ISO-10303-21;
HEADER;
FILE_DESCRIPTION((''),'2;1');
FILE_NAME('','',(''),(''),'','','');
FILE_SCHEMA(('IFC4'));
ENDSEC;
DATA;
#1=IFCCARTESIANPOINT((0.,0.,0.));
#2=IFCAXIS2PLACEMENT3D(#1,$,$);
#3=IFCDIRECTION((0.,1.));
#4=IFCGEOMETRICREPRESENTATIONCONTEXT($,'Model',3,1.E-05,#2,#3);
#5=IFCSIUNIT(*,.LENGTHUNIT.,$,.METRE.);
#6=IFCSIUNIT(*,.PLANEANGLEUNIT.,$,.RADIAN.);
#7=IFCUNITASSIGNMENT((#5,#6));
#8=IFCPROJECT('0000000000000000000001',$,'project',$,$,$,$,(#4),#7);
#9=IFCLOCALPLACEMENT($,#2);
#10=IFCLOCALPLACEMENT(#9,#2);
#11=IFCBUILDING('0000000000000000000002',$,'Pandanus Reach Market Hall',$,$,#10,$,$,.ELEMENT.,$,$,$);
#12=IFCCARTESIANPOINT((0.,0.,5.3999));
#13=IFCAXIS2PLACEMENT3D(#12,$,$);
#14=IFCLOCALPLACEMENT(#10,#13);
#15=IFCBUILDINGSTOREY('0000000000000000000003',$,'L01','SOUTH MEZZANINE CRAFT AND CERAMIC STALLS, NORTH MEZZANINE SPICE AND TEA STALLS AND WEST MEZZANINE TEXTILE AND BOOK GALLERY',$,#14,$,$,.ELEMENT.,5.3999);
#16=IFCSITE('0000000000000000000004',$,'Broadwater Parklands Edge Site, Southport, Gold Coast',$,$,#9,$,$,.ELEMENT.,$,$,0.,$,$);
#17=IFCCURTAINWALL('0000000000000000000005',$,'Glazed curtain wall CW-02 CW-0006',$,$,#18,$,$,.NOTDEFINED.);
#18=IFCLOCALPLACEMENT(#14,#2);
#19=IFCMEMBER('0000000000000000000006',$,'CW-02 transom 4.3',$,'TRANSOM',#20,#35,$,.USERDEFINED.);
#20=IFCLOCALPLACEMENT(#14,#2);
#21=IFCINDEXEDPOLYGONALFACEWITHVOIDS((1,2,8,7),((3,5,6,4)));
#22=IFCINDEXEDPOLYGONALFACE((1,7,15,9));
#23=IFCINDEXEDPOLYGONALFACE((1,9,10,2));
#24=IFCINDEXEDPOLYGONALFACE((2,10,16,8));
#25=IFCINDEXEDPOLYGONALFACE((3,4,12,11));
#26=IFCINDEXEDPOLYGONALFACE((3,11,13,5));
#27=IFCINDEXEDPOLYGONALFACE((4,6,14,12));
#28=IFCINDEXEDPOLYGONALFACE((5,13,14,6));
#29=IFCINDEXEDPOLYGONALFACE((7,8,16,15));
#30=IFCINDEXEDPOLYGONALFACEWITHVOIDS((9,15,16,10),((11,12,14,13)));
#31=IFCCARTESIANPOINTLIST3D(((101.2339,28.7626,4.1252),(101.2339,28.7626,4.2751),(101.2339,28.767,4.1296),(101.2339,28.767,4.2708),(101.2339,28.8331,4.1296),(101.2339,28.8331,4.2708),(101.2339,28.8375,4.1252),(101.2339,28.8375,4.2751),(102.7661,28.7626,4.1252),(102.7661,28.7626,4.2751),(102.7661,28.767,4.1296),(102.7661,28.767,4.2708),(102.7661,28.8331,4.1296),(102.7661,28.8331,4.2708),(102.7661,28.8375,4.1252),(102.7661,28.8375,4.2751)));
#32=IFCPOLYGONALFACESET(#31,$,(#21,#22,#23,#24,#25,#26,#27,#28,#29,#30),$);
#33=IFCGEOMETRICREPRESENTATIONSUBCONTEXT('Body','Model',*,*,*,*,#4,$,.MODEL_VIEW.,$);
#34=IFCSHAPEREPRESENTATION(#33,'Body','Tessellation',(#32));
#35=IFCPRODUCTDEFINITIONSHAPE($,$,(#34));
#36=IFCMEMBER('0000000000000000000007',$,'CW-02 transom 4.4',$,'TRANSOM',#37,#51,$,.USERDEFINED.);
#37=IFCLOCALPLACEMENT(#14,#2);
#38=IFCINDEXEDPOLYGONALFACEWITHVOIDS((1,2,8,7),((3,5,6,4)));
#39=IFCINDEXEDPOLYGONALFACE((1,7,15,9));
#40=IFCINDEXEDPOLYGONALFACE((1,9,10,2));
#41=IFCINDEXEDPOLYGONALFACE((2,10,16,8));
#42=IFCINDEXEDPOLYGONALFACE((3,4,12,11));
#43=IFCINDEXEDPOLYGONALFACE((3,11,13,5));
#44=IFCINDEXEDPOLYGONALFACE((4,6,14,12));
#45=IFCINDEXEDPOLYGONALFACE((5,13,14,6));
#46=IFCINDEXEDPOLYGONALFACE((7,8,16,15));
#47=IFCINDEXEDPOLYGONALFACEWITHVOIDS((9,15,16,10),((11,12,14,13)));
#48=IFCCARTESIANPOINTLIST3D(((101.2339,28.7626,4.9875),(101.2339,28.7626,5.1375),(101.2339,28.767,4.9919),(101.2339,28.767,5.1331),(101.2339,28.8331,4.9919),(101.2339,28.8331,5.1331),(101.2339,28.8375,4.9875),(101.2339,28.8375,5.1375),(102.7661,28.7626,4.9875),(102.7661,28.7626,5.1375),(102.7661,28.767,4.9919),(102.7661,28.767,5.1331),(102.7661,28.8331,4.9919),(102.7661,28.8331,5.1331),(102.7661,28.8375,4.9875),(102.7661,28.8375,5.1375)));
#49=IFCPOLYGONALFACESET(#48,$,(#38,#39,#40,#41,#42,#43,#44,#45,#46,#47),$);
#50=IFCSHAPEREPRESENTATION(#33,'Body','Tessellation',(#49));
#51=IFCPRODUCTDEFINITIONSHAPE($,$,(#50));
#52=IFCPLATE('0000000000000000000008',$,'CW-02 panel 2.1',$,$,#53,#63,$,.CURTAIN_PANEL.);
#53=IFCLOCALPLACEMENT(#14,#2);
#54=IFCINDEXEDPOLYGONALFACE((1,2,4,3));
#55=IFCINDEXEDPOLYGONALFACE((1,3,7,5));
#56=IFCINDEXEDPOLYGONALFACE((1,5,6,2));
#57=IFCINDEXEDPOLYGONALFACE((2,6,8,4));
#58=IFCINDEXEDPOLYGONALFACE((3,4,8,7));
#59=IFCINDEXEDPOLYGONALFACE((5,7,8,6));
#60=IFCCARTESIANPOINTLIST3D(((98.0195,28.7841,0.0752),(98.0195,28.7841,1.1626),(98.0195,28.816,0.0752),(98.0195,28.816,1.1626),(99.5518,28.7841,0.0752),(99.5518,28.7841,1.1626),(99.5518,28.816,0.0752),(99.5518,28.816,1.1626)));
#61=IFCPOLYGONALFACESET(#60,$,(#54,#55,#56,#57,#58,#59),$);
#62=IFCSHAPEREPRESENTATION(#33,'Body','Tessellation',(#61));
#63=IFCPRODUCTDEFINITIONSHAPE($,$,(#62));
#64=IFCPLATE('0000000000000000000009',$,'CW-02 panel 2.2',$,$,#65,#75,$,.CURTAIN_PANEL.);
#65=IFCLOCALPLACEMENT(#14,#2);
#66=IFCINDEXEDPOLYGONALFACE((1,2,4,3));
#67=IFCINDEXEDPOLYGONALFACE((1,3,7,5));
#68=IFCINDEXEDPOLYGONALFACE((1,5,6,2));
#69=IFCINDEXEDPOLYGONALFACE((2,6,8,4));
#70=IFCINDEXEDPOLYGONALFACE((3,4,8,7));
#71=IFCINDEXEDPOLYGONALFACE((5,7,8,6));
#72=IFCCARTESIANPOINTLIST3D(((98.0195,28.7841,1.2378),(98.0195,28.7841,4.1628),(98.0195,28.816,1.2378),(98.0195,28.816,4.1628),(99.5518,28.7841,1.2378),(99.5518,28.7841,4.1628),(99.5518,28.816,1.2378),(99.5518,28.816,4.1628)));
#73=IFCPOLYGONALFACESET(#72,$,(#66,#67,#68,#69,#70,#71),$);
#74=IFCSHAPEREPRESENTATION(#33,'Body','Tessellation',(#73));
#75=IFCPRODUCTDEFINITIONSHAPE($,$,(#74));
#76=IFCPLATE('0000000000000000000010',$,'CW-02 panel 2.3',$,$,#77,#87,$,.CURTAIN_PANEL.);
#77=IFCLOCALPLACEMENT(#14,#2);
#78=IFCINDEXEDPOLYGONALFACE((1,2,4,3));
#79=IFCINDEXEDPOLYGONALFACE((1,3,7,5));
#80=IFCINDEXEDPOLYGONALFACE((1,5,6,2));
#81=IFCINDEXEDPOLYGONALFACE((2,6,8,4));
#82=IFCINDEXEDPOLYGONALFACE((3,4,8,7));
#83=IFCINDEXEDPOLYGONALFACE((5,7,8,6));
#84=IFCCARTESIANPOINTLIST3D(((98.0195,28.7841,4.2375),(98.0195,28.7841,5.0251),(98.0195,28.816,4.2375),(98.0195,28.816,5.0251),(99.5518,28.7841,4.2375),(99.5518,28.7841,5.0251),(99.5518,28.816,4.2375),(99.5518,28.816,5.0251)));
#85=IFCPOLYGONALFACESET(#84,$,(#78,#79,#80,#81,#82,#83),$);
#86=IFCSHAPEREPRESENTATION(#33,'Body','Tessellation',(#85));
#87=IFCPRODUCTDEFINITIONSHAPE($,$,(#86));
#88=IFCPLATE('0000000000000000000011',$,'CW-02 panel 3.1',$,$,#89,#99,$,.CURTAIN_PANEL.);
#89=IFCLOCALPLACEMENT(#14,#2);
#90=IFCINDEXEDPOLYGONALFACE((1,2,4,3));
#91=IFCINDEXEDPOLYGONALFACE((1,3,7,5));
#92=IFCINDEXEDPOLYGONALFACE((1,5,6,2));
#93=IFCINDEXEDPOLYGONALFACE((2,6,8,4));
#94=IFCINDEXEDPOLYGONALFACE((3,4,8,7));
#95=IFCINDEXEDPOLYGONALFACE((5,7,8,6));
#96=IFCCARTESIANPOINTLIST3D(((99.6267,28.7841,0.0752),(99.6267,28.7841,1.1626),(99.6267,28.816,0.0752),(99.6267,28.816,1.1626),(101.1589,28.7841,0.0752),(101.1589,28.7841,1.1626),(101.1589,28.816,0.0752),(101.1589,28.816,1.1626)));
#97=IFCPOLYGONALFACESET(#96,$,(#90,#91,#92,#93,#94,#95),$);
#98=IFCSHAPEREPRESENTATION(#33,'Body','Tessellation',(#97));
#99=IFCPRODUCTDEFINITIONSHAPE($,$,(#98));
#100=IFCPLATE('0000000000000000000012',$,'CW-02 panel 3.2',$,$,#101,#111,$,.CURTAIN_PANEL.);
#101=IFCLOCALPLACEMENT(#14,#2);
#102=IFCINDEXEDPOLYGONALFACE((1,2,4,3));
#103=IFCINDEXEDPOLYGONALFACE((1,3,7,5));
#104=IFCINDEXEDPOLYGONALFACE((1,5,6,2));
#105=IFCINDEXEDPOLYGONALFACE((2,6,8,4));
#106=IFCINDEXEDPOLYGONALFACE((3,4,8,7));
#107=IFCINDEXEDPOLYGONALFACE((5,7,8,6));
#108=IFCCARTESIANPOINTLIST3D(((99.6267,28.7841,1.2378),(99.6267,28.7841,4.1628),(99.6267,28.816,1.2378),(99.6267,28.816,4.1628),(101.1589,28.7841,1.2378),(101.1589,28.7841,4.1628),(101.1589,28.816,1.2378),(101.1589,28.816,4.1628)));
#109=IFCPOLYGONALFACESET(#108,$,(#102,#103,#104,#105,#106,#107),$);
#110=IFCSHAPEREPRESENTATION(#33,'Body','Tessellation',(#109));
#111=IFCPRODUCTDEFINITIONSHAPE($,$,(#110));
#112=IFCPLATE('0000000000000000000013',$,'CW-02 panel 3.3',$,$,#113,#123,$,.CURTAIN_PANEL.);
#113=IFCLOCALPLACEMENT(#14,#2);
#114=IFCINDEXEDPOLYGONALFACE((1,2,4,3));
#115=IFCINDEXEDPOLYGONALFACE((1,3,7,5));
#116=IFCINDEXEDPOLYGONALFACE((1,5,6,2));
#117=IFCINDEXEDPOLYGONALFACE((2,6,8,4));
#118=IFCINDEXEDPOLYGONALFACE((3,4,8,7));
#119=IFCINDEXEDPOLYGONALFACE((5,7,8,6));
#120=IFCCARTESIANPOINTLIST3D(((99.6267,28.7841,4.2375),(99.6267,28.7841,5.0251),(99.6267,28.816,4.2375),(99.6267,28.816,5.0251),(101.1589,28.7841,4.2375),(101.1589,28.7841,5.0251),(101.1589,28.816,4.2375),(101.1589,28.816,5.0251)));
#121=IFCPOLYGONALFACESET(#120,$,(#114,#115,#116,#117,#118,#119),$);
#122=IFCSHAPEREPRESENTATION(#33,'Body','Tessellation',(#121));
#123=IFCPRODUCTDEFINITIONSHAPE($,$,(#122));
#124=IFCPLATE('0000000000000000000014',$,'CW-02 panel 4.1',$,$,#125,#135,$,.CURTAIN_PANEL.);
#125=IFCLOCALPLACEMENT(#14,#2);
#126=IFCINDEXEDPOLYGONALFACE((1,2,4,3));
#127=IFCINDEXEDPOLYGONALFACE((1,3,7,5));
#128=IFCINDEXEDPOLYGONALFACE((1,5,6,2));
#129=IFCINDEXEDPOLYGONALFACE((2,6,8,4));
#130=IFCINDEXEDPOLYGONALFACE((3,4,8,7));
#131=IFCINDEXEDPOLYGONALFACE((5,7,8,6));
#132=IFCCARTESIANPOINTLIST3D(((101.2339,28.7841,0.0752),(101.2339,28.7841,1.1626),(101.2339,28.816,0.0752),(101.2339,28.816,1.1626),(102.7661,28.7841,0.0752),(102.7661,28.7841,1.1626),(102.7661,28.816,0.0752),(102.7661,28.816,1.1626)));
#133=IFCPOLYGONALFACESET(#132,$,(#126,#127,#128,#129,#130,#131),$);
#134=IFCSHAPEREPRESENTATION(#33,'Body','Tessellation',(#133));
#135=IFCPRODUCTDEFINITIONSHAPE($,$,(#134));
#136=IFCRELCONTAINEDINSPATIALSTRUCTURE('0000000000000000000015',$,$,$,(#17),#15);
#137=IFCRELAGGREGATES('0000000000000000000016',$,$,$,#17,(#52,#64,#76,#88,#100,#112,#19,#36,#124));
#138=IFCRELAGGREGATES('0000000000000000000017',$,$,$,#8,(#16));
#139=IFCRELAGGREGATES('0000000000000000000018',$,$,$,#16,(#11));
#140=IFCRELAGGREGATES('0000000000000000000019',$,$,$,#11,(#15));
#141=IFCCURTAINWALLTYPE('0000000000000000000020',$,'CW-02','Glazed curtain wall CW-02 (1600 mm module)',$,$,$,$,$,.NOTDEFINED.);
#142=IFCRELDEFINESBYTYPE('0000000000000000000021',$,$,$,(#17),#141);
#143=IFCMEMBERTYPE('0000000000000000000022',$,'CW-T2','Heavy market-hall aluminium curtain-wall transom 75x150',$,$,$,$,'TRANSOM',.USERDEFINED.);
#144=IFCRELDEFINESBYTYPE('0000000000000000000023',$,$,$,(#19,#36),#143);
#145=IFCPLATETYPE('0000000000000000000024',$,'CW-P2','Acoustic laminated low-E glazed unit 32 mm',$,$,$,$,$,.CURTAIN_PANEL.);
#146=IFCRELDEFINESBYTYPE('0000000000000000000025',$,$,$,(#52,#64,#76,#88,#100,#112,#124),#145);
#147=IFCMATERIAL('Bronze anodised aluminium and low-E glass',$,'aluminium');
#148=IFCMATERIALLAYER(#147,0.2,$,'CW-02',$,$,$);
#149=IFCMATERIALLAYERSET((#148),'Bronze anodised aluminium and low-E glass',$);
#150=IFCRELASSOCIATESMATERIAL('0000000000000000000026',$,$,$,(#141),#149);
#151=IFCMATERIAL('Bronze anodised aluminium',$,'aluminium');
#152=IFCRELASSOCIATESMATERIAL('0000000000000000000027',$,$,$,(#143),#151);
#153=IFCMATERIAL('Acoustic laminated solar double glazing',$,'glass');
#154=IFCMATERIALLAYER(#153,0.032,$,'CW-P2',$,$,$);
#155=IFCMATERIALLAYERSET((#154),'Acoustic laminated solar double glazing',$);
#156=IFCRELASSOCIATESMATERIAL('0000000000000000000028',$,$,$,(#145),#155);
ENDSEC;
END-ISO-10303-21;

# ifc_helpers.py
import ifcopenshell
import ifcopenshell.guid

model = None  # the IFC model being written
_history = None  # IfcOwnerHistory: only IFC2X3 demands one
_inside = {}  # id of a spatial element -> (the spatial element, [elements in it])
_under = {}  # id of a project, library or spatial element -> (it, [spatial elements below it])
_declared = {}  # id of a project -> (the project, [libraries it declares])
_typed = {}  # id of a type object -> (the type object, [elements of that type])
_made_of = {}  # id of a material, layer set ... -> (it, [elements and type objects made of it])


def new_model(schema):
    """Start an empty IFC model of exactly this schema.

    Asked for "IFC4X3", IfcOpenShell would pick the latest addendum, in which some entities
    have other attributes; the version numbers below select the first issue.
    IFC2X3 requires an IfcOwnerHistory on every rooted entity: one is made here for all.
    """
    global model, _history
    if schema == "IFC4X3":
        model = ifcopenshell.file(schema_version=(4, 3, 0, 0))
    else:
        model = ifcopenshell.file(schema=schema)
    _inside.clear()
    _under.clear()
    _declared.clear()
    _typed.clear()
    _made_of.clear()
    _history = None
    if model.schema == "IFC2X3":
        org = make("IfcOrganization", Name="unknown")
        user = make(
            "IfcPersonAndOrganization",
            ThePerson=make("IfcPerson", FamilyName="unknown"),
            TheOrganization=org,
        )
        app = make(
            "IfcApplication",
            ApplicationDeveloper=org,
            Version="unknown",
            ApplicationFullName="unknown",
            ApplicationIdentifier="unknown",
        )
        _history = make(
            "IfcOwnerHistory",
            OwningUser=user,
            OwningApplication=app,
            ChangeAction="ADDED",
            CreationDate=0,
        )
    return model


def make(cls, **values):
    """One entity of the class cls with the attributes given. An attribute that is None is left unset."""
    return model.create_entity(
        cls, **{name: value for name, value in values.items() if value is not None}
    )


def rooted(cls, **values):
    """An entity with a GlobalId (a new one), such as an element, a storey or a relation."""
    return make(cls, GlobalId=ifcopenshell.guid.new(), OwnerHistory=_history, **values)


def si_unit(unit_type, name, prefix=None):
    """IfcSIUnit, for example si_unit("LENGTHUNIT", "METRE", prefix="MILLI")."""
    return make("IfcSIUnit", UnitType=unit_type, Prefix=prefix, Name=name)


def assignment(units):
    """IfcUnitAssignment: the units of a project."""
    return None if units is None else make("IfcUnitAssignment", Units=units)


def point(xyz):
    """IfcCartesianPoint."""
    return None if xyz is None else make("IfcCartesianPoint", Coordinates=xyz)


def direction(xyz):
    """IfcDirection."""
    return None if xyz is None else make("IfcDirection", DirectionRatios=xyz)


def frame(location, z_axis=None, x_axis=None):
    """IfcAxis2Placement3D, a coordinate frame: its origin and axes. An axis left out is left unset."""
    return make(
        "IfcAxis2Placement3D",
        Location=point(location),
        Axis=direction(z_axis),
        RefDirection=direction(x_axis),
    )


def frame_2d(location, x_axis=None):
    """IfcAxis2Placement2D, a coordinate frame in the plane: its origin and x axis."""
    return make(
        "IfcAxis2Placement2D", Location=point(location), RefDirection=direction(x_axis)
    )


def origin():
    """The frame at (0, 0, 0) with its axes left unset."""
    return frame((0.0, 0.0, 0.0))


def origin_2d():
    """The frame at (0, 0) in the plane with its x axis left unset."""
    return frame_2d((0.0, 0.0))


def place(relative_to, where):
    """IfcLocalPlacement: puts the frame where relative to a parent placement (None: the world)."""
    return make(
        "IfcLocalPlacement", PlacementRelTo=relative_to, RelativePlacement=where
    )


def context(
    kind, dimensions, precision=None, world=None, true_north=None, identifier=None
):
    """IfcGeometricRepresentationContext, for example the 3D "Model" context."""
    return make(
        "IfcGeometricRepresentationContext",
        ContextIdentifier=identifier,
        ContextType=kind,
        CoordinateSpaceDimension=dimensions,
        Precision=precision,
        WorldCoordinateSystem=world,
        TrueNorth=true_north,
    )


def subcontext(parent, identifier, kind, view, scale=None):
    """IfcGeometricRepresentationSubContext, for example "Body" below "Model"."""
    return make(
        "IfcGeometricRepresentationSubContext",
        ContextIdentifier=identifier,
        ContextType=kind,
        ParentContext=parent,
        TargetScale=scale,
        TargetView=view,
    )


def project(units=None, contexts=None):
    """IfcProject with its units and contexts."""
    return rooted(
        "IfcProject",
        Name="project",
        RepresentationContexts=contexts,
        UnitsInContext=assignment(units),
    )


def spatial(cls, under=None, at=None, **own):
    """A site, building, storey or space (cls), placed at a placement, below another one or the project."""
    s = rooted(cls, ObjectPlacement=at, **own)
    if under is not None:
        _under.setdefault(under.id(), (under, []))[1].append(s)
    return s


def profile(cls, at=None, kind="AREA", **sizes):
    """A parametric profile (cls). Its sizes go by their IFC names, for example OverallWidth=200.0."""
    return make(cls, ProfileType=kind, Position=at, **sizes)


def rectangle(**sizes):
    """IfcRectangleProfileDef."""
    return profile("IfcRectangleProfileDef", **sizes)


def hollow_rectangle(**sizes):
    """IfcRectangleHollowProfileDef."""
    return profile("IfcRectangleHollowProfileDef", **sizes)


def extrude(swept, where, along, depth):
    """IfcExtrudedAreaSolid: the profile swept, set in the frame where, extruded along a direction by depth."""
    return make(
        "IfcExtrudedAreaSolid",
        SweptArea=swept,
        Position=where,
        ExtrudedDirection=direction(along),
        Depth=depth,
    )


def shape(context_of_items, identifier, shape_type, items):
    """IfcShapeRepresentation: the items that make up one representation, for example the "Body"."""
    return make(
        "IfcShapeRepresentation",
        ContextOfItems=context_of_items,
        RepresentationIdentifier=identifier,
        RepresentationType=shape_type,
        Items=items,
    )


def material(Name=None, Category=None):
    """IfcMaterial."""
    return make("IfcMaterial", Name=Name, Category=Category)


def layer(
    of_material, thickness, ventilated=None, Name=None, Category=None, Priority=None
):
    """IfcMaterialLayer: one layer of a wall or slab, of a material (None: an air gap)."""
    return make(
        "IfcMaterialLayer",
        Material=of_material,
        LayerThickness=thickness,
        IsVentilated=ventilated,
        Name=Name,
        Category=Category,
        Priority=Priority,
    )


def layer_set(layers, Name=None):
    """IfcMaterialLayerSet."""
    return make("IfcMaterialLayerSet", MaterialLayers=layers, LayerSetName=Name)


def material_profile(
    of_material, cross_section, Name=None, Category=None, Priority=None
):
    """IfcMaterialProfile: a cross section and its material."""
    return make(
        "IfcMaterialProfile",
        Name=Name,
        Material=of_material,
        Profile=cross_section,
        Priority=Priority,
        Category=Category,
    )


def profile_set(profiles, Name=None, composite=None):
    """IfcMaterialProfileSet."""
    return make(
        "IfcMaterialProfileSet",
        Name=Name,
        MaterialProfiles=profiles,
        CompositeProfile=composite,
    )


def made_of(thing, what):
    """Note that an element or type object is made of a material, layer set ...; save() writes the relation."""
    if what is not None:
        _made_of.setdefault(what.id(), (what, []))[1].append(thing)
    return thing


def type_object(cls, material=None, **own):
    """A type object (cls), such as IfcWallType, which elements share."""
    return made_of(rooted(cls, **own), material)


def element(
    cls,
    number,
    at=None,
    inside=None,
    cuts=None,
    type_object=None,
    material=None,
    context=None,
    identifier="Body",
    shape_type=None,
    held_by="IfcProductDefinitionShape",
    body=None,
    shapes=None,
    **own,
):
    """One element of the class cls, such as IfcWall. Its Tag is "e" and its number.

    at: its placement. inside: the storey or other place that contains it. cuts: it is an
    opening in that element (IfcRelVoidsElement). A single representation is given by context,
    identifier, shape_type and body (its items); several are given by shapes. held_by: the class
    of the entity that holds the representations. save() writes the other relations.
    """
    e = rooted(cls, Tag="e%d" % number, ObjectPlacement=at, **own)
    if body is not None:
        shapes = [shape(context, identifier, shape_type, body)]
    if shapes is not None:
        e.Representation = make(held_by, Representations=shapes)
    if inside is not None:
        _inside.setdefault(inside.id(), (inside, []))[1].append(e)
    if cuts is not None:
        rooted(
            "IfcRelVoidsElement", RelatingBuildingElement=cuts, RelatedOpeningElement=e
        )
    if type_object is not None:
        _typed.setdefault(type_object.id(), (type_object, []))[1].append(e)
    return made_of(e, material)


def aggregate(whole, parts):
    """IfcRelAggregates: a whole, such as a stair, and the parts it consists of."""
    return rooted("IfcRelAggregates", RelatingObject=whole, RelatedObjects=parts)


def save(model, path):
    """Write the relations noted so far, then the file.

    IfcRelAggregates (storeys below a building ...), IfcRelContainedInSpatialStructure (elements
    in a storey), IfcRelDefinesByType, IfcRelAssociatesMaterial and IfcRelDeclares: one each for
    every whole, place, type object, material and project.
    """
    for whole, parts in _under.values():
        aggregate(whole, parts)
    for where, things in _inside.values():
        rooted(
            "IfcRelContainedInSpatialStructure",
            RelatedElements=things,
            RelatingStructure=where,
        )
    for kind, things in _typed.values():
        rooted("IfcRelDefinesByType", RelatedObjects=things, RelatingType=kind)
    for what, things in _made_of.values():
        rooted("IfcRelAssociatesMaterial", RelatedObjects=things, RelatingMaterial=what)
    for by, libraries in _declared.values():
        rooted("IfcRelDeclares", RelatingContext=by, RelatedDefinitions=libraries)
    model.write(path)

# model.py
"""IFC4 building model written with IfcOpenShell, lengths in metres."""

from ifc_helpers import new_model, si_unit, direction, frame, origin, origin_2d, place, context, subcontext, project, spatial, rectangle, hollow_rectangle, extrude, material, layer, layer_set, material_profile, profile_set, type_object, element, aggregate, save


model = new_model("IFC4")

# Units and contexts
model_context = context("Model", 3, precision=1e-05, world=origin(), true_north=direction((0.0, 1.0)))
body_context = subcontext(model_context, "Body", "Model", "MODEL_VIEW")
ifc_project = project(units=[si_unit("LENGTHUNIT", "METRE"), si_unit("PLANEANGLEUNIT", "RADIAN")], contexts=[model_context])

# Site, building, storey
site_placement = place(None, origin())
site = spatial("IfcSite", under=ifc_project, at=site_placement, Name="Broadwater Parklands Edge Site, Southport, Gold Coast", CompositionType="ELEMENT", RefElevation=0.0)
building_placement = place(site_placement, origin())
building = spatial("IfcBuilding", under=site, at=building_placement, Name="Pandanus Reach Market Hall", CompositionType="ELEMENT")
storey_placement = place(building_placement, frame((0.0, 0.0, 5.3999)))
storey = spatial("IfcBuildingStorey", under=building, at=storey_placement, Name="L01", Description="SOUTH MEZZANINE CRAFT AND CERAMIC STALLS, NORTH MEZZANINE SPICE AND TEA STALLS AND WEST MEZZANINE TEXTILE AND BOOK GALLERY", CompositionType="ELEMENT", Elevation=5.3999)

# Curtain wall, members, plates
ifc_material_1 = material(Name="Bronze anodised aluminium and low-E glass", Category="aluminium")
ifc_layer_1 = layer(ifc_material_1, 0.2, Name="CW-02")
ifc_layer_set_1 = layer_set([ifc_layer_1], Name="Bronze anodised aluminium and low-E glass")
curtain_wall_type = type_object("IfcCurtainWallType", Name="CW-02", Description="Glazed curtain wall CW-02 (1600 mm module)", PredefinedType="NOTDEFINED", material=ifc_layer_set_1)
curtain_wall_placement = place(storey_placement, origin())
curtain_wall = element("IfcCurtainWall", 1, at=curtain_wall_placement, inside=storey, type_object=curtain_wall_type, Name="Glazed curtain wall CW-02 CW-0006", PredefinedType="NOTDEFINED")
ifc_material_2 = material(Name="Bronze anodised aluminium", Category="aluminium")
ifc_material_profile_1 = material_profile(ifc_material_2, hollow_rectangle(XDim=0.075, YDim=0.1499, WallThickness=0.0044, at=origin_2d()), Name="ALU75x150", Category="LoadBearing")
ifc_profile_set_1 = profile_set([ifc_material_profile_1], Name="Bronze anodised aluminium")
member_type_1 = type_object("IfcMemberType", Name="CW-T2", Description="Heavy market-hall aluminium curtain-wall transom 75x150", ElementType="TRANSOM", PredefinedType="USERDEFINED", material=ifc_profile_set_1)
member_1_placement = place(storey_placement, frame((101.2339, 28.8, 4.2002), z_axis=(1.0, 0.0, 0.0), x_axis=(0.0, 1.0, 0.0)))
member_1 = element("IfcMember", 2, at=member_1_placement, type_object=member_type_1, Name="CW-02 transom 4.3", ObjectType="TRANSOM", PredefinedType="USERDEFINED", context=body_context, shape_type="SweptSolid", body=[
    extrude(hollow_rectangle(XDim=0.075, YDim=0.1499, WallThickness=0.0044, at=origin_2d()), origin(), (0.0, 0.0, 1.0), 1.5322),
])
member_2_placement = place(storey_placement, frame((101.2339, 28.8, 5.0625), z_axis=(1.0, 0.0, 0.0), x_axis=(0.0, 1.0, 0.0)))
member_2 = element("IfcMember", 3, at=member_2_placement, type_object=member_type_1, Name="CW-02 transom 4.4", ObjectType="TRANSOM", PredefinedType="USERDEFINED", context=body_context, shape_type="SweptSolid", body=[
    extrude(hollow_rectangle(XDim=0.075, YDim=0.1499, WallThickness=0.0044, at=origin_2d()), origin(), (0.0, 0.0, 1.0), 1.5322),
])
ifc_material_3 = material(Name="Acoustic laminated solar double glazing", Category="glass")
ifc_layer_2 = layer(ifc_material_3, 0.032, Name="CW-P2")
ifc_layer_set_2 = layer_set([ifc_layer_2], Name="Acoustic laminated solar double glazing")
plate_type = type_object("IfcPlateType", Name="CW-P2", Description="Acoustic laminated low-E glazed unit 32 mm", PredefinedType="CURTAIN_PANEL", material=ifc_layer_set_2)
plate_1_placement = place(storey_placement, frame((98.7856, 28.8, 0.0752), z_axis=(0.0, 0.0, 1.0), x_axis=(1.0, 0.0, 0.0)))
plate_1 = element("IfcPlate", 4, at=plate_1_placement, type_object=plate_type, Name="CW-02 panel 2.1", PredefinedType="CURTAIN_PANEL", context=body_context, shape_type="SweptSolid", body=[
    extrude(rectangle(XDim=1.5322, YDim=0.032, at=origin_2d()), origin(), (0.0, 0.0, 1.0), 1.0874),
])
plate_2_placement = place(storey_placement, frame((98.7856, 28.8, 1.2378), z_axis=(0.0, 0.0, 1.0), x_axis=(1.0, 0.0, 0.0)))
plate_2 = element("IfcPlate", 5, at=plate_2_placement, type_object=plate_type, Name="CW-02 panel 2.2", PredefinedType="CURTAIN_PANEL", context=body_context, shape_type="SweptSolid", body=[
    extrude(rectangle(XDim=1.5322, YDim=0.032, at=origin_2d()), origin(), (0.0, 0.0, 1.0), 2.925),
])
plate_3_placement = place(storey_placement, frame((98.7856, 28.8, 4.2375), z_axis=(0.0, 0.0, 1.0), x_axis=(1.0, 0.0, 0.0)))
plate_3 = element("IfcPlate", 6, at=plate_3_placement, type_object=plate_type, Name="CW-02 panel 2.3", PredefinedType="CURTAIN_PANEL", context=body_context, shape_type="SweptSolid", body=[
    extrude(rectangle(XDim=1.5322, YDim=0.032, at=origin_2d()), origin(), (0.0, 0.0, 1.0), 0.7876),
])
plate_4_placement = place(storey_placement, frame((100.3928, 28.8, 0.0752), z_axis=(0.0, 0.0, 1.0), x_axis=(1.0, 0.0, 0.0)))
plate_4 = element("IfcPlate", 7, at=plate_4_placement, type_object=plate_type, Name="CW-02 panel 3.1", PredefinedType="CURTAIN_PANEL", context=body_context, shape_type="SweptSolid", body=[
    extrude(rectangle(XDim=1.5322, YDim=0.032, at=origin_2d()), origin(), (0.0, 0.0, 1.0), 1.0874),
])
plate_5_placement = place(storey_placement, frame((100.3928, 28.8, 1.2378), z_axis=(0.0, 0.0, 1.0), x_axis=(1.0, 0.0, 0.0)))
plate_5 = element("IfcPlate", 8, at=plate_5_placement, type_object=plate_type, Name="CW-02 panel 3.2", PredefinedType="CURTAIN_PANEL", context=body_context, shape_type="SweptSolid", body=[
    extrude(rectangle(XDim=1.5322, YDim=0.032, at=origin_2d()), origin(), (0.0, 0.0, 1.0), 2.925),
])
plate_6_placement = place(storey_placement, frame((100.3928, 28.8, 4.2375), z_axis=(0.0, 0.0, 1.0), x_axis=(1.0, 0.0, 0.0)))
plate_6 = element("IfcPlate", 9, at=plate_6_placement, type_object=plate_type, Name="CW-02 panel 3.3", PredefinedType="CURTAIN_PANEL", context=body_context, shape_type="SweptSolid", body=[
    extrude(rectangle(XDim=1.5322, YDim=0.032, at=origin_2d()), origin(), (0.0, 0.0, 1.0), 0.7876),
])
plate_7_placement = place(storey_placement, frame((102.0, 28.8, 0.0752), z_axis=(0.0, 0.0, 1.0), x_axis=(1.0, 0.0, 0.0)))
plate_7 = element("IfcPlate", 10, at=plate_7_placement, type_object=plate_type, Name="CW-02 panel 4.1", PredefinedType="CURTAIN_PANEL", context=body_context, shape_type="SweptSolid", body=[
    extrude(rectangle(XDim=1.5322, YDim=0.032, at=origin_2d()), origin(), (0.0, 0.0, 1.0), 1.0874),
])
aggregate(curtain_wall, [plate_1, plate_2, plate_3, plate_4, plate_5, plate_6, member_1, member_2, plate_7])

save(model, "model.ifc")
